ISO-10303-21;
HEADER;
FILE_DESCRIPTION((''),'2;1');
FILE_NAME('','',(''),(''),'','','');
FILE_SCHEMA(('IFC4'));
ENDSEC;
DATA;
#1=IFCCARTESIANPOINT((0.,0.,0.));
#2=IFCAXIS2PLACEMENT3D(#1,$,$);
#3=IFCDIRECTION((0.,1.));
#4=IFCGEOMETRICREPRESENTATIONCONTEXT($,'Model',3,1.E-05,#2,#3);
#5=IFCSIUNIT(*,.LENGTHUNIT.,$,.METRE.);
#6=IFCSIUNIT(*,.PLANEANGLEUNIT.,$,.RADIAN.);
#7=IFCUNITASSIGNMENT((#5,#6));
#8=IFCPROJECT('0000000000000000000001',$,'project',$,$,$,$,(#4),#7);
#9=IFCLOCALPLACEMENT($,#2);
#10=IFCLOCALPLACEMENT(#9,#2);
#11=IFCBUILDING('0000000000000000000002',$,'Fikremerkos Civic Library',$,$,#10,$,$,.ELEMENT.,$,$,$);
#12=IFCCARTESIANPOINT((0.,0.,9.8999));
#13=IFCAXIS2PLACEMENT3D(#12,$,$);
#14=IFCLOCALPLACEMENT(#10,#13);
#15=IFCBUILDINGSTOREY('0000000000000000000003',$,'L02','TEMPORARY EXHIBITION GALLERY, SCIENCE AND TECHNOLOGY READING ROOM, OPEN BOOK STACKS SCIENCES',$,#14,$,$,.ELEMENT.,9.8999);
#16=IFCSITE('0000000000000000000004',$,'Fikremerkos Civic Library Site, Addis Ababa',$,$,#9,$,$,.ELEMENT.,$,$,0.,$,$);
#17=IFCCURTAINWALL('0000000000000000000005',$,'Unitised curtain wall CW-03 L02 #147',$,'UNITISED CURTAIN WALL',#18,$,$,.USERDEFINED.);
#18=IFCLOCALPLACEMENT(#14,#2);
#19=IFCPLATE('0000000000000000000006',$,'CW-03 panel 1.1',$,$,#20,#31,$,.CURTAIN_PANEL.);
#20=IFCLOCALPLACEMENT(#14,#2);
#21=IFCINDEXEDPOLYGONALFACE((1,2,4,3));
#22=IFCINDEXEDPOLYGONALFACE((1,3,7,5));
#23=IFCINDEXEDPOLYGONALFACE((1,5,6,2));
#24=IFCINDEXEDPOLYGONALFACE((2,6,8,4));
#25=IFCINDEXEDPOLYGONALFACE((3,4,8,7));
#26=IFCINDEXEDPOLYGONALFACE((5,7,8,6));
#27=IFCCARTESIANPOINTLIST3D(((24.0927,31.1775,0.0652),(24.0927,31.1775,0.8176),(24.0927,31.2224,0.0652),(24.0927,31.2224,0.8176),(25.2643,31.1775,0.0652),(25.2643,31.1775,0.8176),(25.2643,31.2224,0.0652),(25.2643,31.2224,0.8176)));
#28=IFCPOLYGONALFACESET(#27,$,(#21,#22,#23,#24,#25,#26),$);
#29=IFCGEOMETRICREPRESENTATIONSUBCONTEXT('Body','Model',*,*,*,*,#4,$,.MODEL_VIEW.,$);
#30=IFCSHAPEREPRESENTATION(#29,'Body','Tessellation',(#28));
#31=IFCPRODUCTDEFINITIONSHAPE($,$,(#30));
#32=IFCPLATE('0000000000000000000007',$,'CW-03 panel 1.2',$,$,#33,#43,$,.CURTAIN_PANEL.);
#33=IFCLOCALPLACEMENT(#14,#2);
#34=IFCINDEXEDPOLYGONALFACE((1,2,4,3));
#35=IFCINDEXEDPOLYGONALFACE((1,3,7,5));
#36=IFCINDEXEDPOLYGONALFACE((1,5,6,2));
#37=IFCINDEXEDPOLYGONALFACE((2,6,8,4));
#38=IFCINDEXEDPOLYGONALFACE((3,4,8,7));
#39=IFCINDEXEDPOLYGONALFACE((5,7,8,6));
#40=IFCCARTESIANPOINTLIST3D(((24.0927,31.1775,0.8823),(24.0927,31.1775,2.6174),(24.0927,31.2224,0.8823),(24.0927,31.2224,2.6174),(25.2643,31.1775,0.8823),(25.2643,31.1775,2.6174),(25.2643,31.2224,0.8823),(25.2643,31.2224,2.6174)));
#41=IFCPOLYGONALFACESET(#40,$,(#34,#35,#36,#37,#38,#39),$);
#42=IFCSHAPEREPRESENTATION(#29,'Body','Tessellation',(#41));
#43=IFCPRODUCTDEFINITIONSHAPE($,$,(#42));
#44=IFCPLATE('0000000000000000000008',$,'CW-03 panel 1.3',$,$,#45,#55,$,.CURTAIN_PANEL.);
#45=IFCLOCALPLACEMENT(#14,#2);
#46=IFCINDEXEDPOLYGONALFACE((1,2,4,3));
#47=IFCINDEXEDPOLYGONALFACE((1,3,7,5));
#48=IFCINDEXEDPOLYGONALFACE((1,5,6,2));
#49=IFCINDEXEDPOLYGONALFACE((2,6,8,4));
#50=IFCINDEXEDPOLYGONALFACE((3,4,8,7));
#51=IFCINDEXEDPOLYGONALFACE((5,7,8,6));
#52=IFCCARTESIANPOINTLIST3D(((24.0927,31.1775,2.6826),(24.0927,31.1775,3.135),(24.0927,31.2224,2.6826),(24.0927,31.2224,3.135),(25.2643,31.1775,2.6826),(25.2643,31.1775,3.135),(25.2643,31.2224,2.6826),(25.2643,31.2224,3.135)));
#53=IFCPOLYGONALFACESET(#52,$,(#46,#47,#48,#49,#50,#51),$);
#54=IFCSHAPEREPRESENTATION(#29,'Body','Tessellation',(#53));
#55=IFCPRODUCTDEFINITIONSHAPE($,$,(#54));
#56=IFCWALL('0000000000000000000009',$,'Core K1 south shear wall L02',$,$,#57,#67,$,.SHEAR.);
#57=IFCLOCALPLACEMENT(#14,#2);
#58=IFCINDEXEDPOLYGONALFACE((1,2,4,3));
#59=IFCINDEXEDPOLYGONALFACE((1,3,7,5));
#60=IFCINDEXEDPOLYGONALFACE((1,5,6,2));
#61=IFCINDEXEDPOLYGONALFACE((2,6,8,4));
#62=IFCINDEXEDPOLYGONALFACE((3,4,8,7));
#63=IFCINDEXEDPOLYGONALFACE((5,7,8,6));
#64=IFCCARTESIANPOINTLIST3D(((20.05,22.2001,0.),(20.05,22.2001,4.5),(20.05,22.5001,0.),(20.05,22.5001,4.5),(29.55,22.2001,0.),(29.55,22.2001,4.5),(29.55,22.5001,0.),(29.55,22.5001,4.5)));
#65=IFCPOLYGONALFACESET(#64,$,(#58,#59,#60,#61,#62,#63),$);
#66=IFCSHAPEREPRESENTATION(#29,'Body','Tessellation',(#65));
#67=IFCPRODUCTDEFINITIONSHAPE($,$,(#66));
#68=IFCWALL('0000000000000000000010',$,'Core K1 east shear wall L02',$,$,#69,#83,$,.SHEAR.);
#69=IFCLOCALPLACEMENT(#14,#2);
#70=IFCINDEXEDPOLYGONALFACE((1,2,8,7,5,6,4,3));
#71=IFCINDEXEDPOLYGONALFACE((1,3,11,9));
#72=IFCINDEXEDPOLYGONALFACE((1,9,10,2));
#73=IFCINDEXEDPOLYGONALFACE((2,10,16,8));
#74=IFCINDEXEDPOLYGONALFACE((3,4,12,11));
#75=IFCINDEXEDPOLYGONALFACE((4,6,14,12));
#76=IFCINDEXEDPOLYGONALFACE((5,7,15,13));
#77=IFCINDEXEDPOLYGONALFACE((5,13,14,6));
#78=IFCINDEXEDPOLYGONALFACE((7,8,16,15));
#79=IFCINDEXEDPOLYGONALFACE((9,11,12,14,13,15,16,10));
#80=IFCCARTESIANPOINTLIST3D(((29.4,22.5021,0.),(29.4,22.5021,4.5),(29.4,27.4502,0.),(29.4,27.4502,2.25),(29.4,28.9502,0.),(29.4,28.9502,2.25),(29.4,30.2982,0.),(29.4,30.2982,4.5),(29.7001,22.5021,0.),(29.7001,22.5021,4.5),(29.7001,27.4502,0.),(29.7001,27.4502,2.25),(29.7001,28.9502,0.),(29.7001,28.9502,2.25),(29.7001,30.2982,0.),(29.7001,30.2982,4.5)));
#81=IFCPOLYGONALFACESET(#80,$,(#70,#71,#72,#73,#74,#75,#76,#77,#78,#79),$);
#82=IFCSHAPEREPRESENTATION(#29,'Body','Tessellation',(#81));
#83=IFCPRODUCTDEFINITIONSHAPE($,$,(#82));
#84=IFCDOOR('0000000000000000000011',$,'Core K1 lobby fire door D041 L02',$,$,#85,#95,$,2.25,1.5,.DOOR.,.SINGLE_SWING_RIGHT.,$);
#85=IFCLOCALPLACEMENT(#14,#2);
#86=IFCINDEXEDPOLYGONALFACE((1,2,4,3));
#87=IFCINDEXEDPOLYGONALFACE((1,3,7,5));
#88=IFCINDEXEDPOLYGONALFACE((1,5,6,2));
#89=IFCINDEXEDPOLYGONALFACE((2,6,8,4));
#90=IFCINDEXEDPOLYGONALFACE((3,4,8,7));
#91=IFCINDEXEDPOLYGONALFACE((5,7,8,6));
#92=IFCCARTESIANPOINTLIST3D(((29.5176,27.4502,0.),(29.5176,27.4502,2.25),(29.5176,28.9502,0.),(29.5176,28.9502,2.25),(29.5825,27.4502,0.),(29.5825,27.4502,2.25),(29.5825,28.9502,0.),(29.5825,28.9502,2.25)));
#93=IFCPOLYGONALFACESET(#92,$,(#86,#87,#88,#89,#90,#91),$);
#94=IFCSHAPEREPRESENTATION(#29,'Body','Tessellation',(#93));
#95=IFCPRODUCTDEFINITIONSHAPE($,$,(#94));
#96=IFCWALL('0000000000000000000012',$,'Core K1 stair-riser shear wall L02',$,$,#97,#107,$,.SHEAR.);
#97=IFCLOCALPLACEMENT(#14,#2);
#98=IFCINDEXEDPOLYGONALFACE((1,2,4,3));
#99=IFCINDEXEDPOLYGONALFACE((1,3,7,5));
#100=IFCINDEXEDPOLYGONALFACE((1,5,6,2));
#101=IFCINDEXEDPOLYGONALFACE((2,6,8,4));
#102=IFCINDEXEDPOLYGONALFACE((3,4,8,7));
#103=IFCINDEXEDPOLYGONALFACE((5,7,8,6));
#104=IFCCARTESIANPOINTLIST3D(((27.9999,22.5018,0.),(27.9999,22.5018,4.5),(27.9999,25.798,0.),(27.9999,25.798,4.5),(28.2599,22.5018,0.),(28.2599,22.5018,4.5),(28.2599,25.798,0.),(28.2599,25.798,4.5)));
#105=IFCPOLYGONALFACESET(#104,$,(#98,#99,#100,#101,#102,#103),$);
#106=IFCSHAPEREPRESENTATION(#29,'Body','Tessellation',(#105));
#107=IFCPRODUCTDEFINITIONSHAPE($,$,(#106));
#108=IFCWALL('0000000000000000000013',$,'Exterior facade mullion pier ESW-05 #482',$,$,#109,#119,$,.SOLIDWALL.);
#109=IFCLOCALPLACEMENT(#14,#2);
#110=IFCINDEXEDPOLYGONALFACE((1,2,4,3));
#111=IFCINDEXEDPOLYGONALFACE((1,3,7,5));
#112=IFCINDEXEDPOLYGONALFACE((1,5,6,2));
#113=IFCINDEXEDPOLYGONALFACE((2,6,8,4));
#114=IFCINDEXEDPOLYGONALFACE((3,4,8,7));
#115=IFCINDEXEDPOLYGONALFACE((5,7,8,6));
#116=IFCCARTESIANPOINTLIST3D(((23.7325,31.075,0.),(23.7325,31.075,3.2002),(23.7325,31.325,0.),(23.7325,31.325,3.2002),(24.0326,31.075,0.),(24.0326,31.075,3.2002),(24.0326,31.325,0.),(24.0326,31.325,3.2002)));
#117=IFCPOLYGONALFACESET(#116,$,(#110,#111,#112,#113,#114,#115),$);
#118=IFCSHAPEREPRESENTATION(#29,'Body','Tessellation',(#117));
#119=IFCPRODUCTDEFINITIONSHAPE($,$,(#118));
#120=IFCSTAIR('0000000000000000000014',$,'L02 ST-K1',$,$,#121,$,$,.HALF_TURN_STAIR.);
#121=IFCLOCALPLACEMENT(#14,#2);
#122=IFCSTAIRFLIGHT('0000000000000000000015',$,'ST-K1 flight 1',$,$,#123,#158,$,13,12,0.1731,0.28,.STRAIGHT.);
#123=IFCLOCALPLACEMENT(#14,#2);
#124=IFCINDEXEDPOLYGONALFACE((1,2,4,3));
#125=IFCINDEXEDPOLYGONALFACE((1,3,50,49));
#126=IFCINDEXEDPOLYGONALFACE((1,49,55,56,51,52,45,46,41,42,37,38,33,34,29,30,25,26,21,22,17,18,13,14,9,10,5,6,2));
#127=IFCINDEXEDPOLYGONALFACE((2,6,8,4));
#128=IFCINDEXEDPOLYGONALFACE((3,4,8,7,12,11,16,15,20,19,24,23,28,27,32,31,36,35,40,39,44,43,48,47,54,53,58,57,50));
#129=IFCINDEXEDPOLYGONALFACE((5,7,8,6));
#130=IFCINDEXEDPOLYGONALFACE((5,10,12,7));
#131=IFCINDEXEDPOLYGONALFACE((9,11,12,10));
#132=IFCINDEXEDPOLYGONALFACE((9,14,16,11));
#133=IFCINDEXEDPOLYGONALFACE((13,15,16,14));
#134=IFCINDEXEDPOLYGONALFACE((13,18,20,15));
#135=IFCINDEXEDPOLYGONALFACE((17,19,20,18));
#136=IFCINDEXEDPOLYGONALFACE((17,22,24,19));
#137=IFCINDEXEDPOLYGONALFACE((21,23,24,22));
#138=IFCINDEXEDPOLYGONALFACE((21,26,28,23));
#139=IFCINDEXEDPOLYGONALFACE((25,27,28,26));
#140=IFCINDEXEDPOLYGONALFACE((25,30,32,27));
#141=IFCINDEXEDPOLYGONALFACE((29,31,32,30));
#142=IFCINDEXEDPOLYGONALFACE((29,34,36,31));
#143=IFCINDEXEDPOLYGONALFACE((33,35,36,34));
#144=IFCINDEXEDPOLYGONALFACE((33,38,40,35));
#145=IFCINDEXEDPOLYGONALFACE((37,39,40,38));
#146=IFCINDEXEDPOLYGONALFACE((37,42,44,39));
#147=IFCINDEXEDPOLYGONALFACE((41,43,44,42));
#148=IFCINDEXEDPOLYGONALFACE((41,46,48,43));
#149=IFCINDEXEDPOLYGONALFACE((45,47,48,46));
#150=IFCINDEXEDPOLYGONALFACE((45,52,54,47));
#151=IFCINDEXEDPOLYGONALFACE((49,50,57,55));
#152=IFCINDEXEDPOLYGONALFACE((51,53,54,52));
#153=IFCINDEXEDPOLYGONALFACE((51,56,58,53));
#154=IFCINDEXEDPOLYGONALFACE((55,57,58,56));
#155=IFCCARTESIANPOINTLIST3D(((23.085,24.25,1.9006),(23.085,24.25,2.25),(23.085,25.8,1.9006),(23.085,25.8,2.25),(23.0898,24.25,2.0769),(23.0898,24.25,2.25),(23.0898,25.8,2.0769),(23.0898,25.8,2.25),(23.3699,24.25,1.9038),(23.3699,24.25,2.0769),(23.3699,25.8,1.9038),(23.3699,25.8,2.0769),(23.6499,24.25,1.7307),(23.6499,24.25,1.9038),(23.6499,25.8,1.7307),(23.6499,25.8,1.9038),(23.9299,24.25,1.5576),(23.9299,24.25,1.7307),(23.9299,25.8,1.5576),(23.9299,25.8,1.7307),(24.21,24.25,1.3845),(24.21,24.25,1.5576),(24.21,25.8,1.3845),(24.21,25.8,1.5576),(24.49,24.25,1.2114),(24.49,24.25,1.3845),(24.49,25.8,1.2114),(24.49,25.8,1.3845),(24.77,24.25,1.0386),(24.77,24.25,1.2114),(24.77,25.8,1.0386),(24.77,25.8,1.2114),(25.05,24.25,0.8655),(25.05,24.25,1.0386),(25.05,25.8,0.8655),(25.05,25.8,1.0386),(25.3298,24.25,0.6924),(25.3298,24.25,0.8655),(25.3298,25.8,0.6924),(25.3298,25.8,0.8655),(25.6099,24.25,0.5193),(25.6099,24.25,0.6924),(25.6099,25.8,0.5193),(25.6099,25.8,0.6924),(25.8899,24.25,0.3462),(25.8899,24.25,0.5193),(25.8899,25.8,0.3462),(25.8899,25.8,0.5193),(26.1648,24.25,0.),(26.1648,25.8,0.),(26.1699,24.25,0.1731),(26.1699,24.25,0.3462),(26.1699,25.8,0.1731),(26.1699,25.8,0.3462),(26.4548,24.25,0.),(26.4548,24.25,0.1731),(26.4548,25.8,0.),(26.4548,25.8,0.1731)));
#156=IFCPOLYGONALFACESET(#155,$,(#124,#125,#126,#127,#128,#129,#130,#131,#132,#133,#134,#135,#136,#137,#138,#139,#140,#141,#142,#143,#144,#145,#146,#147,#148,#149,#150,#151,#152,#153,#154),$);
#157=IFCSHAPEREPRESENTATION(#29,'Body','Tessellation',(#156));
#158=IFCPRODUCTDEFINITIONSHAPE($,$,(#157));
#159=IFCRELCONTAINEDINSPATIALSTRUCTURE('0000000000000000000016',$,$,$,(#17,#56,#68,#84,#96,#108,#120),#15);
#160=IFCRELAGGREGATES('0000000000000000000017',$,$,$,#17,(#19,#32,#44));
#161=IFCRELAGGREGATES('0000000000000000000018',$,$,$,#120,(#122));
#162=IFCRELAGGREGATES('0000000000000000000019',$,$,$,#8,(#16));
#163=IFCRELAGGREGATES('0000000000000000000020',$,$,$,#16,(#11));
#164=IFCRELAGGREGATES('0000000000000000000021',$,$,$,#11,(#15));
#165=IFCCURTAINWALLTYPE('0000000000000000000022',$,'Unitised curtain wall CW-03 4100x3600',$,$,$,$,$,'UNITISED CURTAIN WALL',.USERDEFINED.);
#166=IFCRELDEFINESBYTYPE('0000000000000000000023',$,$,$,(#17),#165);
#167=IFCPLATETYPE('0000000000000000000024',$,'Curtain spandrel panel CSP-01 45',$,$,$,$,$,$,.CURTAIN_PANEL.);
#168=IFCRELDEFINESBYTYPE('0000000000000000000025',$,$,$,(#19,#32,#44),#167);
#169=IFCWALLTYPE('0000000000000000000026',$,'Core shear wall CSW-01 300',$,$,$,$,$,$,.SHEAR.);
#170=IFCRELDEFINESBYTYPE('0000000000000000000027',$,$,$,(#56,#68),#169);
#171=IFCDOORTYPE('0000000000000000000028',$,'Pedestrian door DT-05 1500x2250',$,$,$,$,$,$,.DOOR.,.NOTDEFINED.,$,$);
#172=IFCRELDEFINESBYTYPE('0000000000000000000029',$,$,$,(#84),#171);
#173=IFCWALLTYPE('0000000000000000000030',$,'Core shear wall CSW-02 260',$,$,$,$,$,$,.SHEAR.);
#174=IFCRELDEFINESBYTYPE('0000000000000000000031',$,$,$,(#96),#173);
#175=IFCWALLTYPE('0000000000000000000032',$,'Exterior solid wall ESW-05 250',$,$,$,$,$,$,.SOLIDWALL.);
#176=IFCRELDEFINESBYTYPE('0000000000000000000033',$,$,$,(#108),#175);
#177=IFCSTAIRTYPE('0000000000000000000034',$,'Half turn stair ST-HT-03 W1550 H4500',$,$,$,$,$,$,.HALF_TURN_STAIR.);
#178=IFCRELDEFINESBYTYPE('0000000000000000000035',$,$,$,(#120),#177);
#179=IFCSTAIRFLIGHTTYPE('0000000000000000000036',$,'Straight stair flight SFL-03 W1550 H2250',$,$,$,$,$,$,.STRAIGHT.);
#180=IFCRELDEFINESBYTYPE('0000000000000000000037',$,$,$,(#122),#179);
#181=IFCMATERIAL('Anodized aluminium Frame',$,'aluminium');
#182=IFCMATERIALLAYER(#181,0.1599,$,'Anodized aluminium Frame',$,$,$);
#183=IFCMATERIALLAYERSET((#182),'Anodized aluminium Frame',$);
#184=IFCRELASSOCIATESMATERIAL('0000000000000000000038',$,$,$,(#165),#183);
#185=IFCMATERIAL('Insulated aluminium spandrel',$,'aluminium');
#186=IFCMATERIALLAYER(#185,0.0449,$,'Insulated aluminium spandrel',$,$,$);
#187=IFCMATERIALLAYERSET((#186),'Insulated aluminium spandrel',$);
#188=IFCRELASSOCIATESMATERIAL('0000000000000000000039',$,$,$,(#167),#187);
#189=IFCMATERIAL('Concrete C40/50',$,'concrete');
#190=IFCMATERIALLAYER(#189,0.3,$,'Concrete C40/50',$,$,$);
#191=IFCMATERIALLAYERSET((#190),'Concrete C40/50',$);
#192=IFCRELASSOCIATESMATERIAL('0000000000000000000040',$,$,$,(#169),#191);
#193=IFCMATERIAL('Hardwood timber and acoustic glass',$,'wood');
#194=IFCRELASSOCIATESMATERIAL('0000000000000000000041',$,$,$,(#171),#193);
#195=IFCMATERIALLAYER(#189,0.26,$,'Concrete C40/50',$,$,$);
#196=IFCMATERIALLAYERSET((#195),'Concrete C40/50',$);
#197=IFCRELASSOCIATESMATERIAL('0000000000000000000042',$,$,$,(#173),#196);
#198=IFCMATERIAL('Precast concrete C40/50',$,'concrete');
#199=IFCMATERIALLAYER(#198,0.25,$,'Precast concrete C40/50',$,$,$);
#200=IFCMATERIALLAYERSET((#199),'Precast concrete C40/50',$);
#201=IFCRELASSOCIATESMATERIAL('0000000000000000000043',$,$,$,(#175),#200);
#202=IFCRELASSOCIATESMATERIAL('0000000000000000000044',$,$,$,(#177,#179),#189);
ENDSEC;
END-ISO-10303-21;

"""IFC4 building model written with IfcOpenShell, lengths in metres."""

from ifc_helpers import new_model, si_unit, direction, frame, frame_2d, origin, origin_2d, place, context, subcontext, project, spatial, polyline, rectangle, outline, extrude, material, layer, layer_set, type_object, element, fill, aggregate, save


model = new_model("IFC4")

# Units and contexts
model_context = context("Model", 3, precision=1e-05, world=origin(), true_north=direction((0.0, 1.0)))
body_context = subcontext(model_context, "Body", "Model", "MODEL_VIEW")
ifc_project = project(units=[si_unit("LENGTHUNIT", "METRE"), si_unit("PLANEANGLEUNIT", "RADIAN")], contexts=[model_context])

# Site, building, storey
site_placement = place(None, origin())
site = spatial("IfcSite", under=ifc_project, at=site_placement, Name="Fikremerkos Civic Library Site, Addis Ababa", CompositionType="ELEMENT", RefElevation=0.0)
building_placement = place(site_placement, origin())
building = spatial("IfcBuilding", under=site, at=building_placement, Name="Fikremerkos Civic Library", CompositionType="ELEMENT")
storey_placement = place(building_placement, frame((0.0, 0.0, 9.8999)))
storey = spatial("IfcBuildingStorey", under=building, at=storey_placement, Name="L02", Description="TEMPORARY EXHIBITION GALLERY, SCIENCE AND TECHNOLOGY READING ROOM, OPEN BOOK STACKS SCIENCES", CompositionType="ELEMENT", Elevation=9.8999)

# Shared definitions
ifc_material_1 = material(Name="Anodized aluminium Frame", Category="aluminium")

# Curtain wall, plates
ifc_layer_1 = layer(ifc_material_1, 0.1599, Name="Anodized aluminium Frame")
ifc_layer_set_1 = layer_set([ifc_layer_1], Name="Anodized aluminium Frame")
curtain_wall_type_1 = type_object("IfcCurtainWallType", Name="Unitised curtain wall CW-03 4100x3600", ElementType="UNITISED CURTAIN WALL", PredefinedType="USERDEFINED", material=ifc_layer_set_1)
curtain_wall_1_placement = place(storey_placement, origin())
curtain_wall_1 = element("IfcCurtainWall", 1, at=curtain_wall_1_placement, inside=storey, type_object=curtain_wall_type_1, Name="Unitised curtain wall CW-03 L02 #147", ObjectType="UNITISED CURTAIN WALL", PredefinedType="USERDEFINED")
ifc_material_2 = material(Name="Insulated aluminium spandrel", Category="aluminium")
ifc_layer_2 = layer(ifc_material_2, 0.0449, Name="Insulated aluminium spandrel")
ifc_layer_set_2 = layer_set([ifc_layer_2], Name="Insulated aluminium spandrel")
plate_type = type_object("IfcPlateType", Name="Curtain spandrel panel CSP-01 45", PredefinedType="CURTAIN_PANEL", material=ifc_layer_set_2)
plate_1_placement = place(storey_placement, frame((24.6785, 31.2, 0.0652), z_axis=(0.0, 0.0, 1.0), x_axis=(1.0, 0.0, 0.0)))
plate_1 = element("IfcPlate", 2, at=plate_1_placement, type_object=plate_type, Name="CW-03 panel 1.1", PredefinedType="CURTAIN_PANEL", context=body_context, shape_type="SweptSolid", body=[
    extrude(rectangle(XDim=1.1716, YDim=0.0449, at=origin_2d()), origin(), (0.0, 0.0, 1.0), 0.7524),
])
plate_2_placement = place(storey_placement, frame((24.6785, 31.2, 0.8823), z_axis=(0.0, 0.0, 1.0), x_axis=(1.0, 0.0, 0.0)))
plate_2 = element("IfcPlate", 3, at=plate_2_placement, type_object=plate_type, Name="CW-03 panel 1.2", PredefinedType="CURTAIN_PANEL", context=body_context, shape_type="SweptSolid", body=[
    extrude(rectangle(XDim=1.1716, YDim=0.0449, at=origin_2d()), origin(), (0.0, 0.0, 1.0), 1.7351),
])
plate_3_placement = place(storey_placement, frame((24.6785, 31.2, 2.6826), z_axis=(0.0, 0.0, 1.0), x_axis=(1.0, 0.0, 0.0)))
plate_3 = element("IfcPlate", 4, at=plate_3_placement, type_object=plate_type, Name="CW-03 panel 1.3", PredefinedType="CURTAIN_PANEL", context=body_context, shape_type="SweptSolid", body=[
    extrude(rectangle(XDim=1.1716, YDim=0.0449, at=origin_2d()), origin(), (0.0, 0.0, 1.0), 0.4524),
])
aggregate(curtain_wall_1, [plate_1, plate_2, plate_3])

# Wall
ifc_material_3 = material(Name="Concrete C40/50", Category="concrete")
ifc_layer_3 = layer(ifc_material_3, 0.3, Name="Concrete C40/50")
ifc_layer_set_3 = layer_set([ifc_layer_3], Name="Concrete C40/50")
wall_type_1 = type_object("IfcWallType", Name="Core shear wall CSW-01 300", PredefinedType="SHEAR", material=ifc_layer_set_3)
wall_1_placement = place(storey_placement, frame((29.55, 22.3501, 0.0), z_axis=(0.0, 0.0, 1.0), x_axis=(-1.0, 0.0, 0.0)))
element("IfcWall", 5, at=wall_1_placement, inside=storey, type_object=wall_type_1, Name="Core K1 south shear wall L02", PredefinedType="SHEAR", context=body_context, shape_type="SweptSolid", body=[
    extrude(rectangle(XDim=9.5, YDim=0.3, at=frame_2d((4.75, 0.0))), origin(), (0.0, 0.0, 1.0), 4.5),
])

# Wall, opening, door
wall_2_placement = place(storey_placement, frame((29.55, 30.2981, 0.0), z_axis=(0.0, 0.0, 1.0), x_axis=(0.0, -1.0, 0.0)))
wall_2 = element("IfcWall", 6, at=wall_2_placement, inside=storey, type_object=wall_type_1, Name="Core K1 east shear wall L02", PredefinedType="SHEAR", context=body_context, shape_type="SweptSolid", body=[
    extrude(rectangle(XDim=7.7961, YDim=0.3, at=frame_2d((3.8979, 0.0))), origin(), (0.0, 0.0, 1.0), 4.5),
])
opening_1_placement = place(wall_2_placement, frame((1.3479, 0.0, 0.0)))
opening_1 = element("IfcOpeningElement", 7, at=opening_1_placement, cuts=wall_2, PredefinedType="OPENING", context=body_context, shape_type="SweptSolid", body=[
    extrude(rectangle(XDim=1.5, YDim=2.25, at=frame_2d((0.75, 1.125))), frame((0.0, 0.1599, 0.0), z_axis=(0.0, -1.0, 0.0), x_axis=(1.0, 0.0, 0.0)), (0.0, 0.0, 1.0), 0.3201),
])
ifc_material_4 = material(Name="Hardwood timber and acoustic glass", Category="wood")
door_type_1 = type_object("IfcDoorType", Name="Pedestrian door DT-05 1500x2250", OperationType="NOTDEFINED", PredefinedType="DOOR", material=ifc_material_4)
door_1_placement = place(opening_1_placement, origin())
door_1 = element("IfcDoor", 8, at=door_1_placement, inside=storey, type_object=door_type_1, Name="Core K1 lobby fire door D041 L02", OperationType="SINGLE_SWING_RIGHT", OverallHeight=2.25, OverallWidth=1.5, PredefinedType="DOOR", context=body_context, shape_type="SweptSolid", body=[
    extrude(rectangle(XDim=1.5, YDim=2.25, at=frame_2d((0.75, 1.125))), frame((0.0, 0.0325, 0.0), z_axis=(0.0, -1.0, 0.0), x_axis=(1.0, 0.0, 0.0)), (0.0, 0.0, 1.0), 0.0649),
])
fill(opening_1, door_1)

# Wall
ifc_layer_4 = layer(ifc_material_3, 0.26, Name="Concrete C40/50")
ifc_layer_set_4 = layer_set([ifc_layer_4], Name="Concrete C40/50")
wall_type_2 = type_object("IfcWallType", Name="Core shear wall CSW-02 260", PredefinedType="SHEAR", material=ifc_layer_set_4)
wall_3_placement = place(storey_placement, frame((28.1299, 22.502, 0.0), z_axis=(0.0, 0.0, 1.0), x_axis=(0.0, 1.0, 0.0)))
element("IfcWall", 9, at=wall_3_placement, inside=storey, type_object=wall_type_2, Name="Core K1 stair-riser shear wall L02", PredefinedType="SHEAR", context=body_context, shape_type="SweptSolid", body=[
    extrude(rectangle(XDim=3.2961, YDim=0.26, at=frame_2d((1.6479, 0.0))), origin(), (0.0, 0.0, 1.0), 4.5),
])

# Wall
ifc_material_5 = material(Name="Precast concrete C40/50", Category="concrete")
ifc_layer_5 = layer(ifc_material_5, 0.25, Name="Precast concrete C40/50")
ifc_layer_set_5 = layer_set([ifc_layer_5], Name="Precast concrete C40/50")
wall_type_3 = type_object("IfcWallType", Name="Exterior solid wall ESW-05 250", PredefinedType="SOLIDWALL", material=ifc_layer_set_5)
wall_4_placement = place(storey_placement, frame((23.7327, 31.2, 0.0), z_axis=(0.0, 0.0, 1.0), x_axis=(1.0, 0.0, 0.0)))
element("IfcWall", 10, at=wall_4_placement, inside=storey, type_object=wall_type_3, Name="Exterior facade mullion pier ESW-05 #482", PredefinedType="SOLIDWALL", context=body_context, shape_type="SweptSolid", body=[
    extrude(rectangle(XDim=0.3, YDim=0.25, at=frame_2d((0.1499, 0.0))), origin(), (0.0, 0.0, 1.0), 3.2002),
])

# Stair, stair flight
stair_type = type_object("IfcStairType", Name="Half turn stair ST-HT-03 W1550 H4500", PredefinedType="HALF_TURN_STAIR", material=ifc_material_3)
stair_placement = place(storey_placement, origin())
stair = element("IfcStair", 11, at=stair_placement, inside=storey, type_object=stair_type, Name="L02 ST-K1", PredefinedType="HALF_TURN_STAIR")
stair_flight_type = type_object("IfcStairFlightType", Name="Straight stair flight SFL-03 W1550 H2250", PredefinedType="STRAIGHT", material=ifc_material_3)
stair_flight_1_placement = place(storey_placement, frame((26.45, 25.0249, 0.0), z_axis=(0.0, 0.0, 1.0), x_axis=(-1.0, 0.0, 0.0)))
stair_flight_1 = element("IfcStairFlight", 12, at=stair_flight_1_placement, type_object=stair_flight_type, Name="ST-K1 flight 1", NumberOfRisers=13, NumberOfTreads=12, PredefinedType="STRAIGHT", RiserHeight=0.1731, TreadLength=0.28, context=body_context, shape_type="SweptSolid", body=[
    extrude(outline(polyline([(-0.0049, 0.0), (-0.0049, 0.1731), (0.28, 0.1731), (0.28, 0.3462), (0.5601, 0.3462), (0.5601, 0.5193), (0.8401, 0.5193), (0.8401, 0.6924), (1.1201, 0.6924), (1.1201, 0.8655), (1.3999, 0.8655), (1.3999, 1.0386), (1.6799, 1.0386), (1.6799, 1.2114), (1.96, 1.2114), (1.96, 1.3845), (2.24, 1.3845), (2.24, 1.5576), (2.52, 1.5576), (2.52, 1.7307), (2.8, 1.7307), (2.8, 1.9038), (3.0801, 1.9038), (3.0801, 2.0769), (3.3601, 2.0769), (3.3601, 2.25), (3.365, 2.25), (3.365, 1.9006), (0.2852, 0.0), (-0.0049, 0.0)])), frame((0.0, 0.7749, 0.0), z_axis=(0.0, -1.0, 0.0), x_axis=(1.0, 0.0, 0.0)), (0.0, 0.0, 1.0), 1.55),
])
aggregate(stair, [stair_flight_1])

save(model, "model.ifc")
